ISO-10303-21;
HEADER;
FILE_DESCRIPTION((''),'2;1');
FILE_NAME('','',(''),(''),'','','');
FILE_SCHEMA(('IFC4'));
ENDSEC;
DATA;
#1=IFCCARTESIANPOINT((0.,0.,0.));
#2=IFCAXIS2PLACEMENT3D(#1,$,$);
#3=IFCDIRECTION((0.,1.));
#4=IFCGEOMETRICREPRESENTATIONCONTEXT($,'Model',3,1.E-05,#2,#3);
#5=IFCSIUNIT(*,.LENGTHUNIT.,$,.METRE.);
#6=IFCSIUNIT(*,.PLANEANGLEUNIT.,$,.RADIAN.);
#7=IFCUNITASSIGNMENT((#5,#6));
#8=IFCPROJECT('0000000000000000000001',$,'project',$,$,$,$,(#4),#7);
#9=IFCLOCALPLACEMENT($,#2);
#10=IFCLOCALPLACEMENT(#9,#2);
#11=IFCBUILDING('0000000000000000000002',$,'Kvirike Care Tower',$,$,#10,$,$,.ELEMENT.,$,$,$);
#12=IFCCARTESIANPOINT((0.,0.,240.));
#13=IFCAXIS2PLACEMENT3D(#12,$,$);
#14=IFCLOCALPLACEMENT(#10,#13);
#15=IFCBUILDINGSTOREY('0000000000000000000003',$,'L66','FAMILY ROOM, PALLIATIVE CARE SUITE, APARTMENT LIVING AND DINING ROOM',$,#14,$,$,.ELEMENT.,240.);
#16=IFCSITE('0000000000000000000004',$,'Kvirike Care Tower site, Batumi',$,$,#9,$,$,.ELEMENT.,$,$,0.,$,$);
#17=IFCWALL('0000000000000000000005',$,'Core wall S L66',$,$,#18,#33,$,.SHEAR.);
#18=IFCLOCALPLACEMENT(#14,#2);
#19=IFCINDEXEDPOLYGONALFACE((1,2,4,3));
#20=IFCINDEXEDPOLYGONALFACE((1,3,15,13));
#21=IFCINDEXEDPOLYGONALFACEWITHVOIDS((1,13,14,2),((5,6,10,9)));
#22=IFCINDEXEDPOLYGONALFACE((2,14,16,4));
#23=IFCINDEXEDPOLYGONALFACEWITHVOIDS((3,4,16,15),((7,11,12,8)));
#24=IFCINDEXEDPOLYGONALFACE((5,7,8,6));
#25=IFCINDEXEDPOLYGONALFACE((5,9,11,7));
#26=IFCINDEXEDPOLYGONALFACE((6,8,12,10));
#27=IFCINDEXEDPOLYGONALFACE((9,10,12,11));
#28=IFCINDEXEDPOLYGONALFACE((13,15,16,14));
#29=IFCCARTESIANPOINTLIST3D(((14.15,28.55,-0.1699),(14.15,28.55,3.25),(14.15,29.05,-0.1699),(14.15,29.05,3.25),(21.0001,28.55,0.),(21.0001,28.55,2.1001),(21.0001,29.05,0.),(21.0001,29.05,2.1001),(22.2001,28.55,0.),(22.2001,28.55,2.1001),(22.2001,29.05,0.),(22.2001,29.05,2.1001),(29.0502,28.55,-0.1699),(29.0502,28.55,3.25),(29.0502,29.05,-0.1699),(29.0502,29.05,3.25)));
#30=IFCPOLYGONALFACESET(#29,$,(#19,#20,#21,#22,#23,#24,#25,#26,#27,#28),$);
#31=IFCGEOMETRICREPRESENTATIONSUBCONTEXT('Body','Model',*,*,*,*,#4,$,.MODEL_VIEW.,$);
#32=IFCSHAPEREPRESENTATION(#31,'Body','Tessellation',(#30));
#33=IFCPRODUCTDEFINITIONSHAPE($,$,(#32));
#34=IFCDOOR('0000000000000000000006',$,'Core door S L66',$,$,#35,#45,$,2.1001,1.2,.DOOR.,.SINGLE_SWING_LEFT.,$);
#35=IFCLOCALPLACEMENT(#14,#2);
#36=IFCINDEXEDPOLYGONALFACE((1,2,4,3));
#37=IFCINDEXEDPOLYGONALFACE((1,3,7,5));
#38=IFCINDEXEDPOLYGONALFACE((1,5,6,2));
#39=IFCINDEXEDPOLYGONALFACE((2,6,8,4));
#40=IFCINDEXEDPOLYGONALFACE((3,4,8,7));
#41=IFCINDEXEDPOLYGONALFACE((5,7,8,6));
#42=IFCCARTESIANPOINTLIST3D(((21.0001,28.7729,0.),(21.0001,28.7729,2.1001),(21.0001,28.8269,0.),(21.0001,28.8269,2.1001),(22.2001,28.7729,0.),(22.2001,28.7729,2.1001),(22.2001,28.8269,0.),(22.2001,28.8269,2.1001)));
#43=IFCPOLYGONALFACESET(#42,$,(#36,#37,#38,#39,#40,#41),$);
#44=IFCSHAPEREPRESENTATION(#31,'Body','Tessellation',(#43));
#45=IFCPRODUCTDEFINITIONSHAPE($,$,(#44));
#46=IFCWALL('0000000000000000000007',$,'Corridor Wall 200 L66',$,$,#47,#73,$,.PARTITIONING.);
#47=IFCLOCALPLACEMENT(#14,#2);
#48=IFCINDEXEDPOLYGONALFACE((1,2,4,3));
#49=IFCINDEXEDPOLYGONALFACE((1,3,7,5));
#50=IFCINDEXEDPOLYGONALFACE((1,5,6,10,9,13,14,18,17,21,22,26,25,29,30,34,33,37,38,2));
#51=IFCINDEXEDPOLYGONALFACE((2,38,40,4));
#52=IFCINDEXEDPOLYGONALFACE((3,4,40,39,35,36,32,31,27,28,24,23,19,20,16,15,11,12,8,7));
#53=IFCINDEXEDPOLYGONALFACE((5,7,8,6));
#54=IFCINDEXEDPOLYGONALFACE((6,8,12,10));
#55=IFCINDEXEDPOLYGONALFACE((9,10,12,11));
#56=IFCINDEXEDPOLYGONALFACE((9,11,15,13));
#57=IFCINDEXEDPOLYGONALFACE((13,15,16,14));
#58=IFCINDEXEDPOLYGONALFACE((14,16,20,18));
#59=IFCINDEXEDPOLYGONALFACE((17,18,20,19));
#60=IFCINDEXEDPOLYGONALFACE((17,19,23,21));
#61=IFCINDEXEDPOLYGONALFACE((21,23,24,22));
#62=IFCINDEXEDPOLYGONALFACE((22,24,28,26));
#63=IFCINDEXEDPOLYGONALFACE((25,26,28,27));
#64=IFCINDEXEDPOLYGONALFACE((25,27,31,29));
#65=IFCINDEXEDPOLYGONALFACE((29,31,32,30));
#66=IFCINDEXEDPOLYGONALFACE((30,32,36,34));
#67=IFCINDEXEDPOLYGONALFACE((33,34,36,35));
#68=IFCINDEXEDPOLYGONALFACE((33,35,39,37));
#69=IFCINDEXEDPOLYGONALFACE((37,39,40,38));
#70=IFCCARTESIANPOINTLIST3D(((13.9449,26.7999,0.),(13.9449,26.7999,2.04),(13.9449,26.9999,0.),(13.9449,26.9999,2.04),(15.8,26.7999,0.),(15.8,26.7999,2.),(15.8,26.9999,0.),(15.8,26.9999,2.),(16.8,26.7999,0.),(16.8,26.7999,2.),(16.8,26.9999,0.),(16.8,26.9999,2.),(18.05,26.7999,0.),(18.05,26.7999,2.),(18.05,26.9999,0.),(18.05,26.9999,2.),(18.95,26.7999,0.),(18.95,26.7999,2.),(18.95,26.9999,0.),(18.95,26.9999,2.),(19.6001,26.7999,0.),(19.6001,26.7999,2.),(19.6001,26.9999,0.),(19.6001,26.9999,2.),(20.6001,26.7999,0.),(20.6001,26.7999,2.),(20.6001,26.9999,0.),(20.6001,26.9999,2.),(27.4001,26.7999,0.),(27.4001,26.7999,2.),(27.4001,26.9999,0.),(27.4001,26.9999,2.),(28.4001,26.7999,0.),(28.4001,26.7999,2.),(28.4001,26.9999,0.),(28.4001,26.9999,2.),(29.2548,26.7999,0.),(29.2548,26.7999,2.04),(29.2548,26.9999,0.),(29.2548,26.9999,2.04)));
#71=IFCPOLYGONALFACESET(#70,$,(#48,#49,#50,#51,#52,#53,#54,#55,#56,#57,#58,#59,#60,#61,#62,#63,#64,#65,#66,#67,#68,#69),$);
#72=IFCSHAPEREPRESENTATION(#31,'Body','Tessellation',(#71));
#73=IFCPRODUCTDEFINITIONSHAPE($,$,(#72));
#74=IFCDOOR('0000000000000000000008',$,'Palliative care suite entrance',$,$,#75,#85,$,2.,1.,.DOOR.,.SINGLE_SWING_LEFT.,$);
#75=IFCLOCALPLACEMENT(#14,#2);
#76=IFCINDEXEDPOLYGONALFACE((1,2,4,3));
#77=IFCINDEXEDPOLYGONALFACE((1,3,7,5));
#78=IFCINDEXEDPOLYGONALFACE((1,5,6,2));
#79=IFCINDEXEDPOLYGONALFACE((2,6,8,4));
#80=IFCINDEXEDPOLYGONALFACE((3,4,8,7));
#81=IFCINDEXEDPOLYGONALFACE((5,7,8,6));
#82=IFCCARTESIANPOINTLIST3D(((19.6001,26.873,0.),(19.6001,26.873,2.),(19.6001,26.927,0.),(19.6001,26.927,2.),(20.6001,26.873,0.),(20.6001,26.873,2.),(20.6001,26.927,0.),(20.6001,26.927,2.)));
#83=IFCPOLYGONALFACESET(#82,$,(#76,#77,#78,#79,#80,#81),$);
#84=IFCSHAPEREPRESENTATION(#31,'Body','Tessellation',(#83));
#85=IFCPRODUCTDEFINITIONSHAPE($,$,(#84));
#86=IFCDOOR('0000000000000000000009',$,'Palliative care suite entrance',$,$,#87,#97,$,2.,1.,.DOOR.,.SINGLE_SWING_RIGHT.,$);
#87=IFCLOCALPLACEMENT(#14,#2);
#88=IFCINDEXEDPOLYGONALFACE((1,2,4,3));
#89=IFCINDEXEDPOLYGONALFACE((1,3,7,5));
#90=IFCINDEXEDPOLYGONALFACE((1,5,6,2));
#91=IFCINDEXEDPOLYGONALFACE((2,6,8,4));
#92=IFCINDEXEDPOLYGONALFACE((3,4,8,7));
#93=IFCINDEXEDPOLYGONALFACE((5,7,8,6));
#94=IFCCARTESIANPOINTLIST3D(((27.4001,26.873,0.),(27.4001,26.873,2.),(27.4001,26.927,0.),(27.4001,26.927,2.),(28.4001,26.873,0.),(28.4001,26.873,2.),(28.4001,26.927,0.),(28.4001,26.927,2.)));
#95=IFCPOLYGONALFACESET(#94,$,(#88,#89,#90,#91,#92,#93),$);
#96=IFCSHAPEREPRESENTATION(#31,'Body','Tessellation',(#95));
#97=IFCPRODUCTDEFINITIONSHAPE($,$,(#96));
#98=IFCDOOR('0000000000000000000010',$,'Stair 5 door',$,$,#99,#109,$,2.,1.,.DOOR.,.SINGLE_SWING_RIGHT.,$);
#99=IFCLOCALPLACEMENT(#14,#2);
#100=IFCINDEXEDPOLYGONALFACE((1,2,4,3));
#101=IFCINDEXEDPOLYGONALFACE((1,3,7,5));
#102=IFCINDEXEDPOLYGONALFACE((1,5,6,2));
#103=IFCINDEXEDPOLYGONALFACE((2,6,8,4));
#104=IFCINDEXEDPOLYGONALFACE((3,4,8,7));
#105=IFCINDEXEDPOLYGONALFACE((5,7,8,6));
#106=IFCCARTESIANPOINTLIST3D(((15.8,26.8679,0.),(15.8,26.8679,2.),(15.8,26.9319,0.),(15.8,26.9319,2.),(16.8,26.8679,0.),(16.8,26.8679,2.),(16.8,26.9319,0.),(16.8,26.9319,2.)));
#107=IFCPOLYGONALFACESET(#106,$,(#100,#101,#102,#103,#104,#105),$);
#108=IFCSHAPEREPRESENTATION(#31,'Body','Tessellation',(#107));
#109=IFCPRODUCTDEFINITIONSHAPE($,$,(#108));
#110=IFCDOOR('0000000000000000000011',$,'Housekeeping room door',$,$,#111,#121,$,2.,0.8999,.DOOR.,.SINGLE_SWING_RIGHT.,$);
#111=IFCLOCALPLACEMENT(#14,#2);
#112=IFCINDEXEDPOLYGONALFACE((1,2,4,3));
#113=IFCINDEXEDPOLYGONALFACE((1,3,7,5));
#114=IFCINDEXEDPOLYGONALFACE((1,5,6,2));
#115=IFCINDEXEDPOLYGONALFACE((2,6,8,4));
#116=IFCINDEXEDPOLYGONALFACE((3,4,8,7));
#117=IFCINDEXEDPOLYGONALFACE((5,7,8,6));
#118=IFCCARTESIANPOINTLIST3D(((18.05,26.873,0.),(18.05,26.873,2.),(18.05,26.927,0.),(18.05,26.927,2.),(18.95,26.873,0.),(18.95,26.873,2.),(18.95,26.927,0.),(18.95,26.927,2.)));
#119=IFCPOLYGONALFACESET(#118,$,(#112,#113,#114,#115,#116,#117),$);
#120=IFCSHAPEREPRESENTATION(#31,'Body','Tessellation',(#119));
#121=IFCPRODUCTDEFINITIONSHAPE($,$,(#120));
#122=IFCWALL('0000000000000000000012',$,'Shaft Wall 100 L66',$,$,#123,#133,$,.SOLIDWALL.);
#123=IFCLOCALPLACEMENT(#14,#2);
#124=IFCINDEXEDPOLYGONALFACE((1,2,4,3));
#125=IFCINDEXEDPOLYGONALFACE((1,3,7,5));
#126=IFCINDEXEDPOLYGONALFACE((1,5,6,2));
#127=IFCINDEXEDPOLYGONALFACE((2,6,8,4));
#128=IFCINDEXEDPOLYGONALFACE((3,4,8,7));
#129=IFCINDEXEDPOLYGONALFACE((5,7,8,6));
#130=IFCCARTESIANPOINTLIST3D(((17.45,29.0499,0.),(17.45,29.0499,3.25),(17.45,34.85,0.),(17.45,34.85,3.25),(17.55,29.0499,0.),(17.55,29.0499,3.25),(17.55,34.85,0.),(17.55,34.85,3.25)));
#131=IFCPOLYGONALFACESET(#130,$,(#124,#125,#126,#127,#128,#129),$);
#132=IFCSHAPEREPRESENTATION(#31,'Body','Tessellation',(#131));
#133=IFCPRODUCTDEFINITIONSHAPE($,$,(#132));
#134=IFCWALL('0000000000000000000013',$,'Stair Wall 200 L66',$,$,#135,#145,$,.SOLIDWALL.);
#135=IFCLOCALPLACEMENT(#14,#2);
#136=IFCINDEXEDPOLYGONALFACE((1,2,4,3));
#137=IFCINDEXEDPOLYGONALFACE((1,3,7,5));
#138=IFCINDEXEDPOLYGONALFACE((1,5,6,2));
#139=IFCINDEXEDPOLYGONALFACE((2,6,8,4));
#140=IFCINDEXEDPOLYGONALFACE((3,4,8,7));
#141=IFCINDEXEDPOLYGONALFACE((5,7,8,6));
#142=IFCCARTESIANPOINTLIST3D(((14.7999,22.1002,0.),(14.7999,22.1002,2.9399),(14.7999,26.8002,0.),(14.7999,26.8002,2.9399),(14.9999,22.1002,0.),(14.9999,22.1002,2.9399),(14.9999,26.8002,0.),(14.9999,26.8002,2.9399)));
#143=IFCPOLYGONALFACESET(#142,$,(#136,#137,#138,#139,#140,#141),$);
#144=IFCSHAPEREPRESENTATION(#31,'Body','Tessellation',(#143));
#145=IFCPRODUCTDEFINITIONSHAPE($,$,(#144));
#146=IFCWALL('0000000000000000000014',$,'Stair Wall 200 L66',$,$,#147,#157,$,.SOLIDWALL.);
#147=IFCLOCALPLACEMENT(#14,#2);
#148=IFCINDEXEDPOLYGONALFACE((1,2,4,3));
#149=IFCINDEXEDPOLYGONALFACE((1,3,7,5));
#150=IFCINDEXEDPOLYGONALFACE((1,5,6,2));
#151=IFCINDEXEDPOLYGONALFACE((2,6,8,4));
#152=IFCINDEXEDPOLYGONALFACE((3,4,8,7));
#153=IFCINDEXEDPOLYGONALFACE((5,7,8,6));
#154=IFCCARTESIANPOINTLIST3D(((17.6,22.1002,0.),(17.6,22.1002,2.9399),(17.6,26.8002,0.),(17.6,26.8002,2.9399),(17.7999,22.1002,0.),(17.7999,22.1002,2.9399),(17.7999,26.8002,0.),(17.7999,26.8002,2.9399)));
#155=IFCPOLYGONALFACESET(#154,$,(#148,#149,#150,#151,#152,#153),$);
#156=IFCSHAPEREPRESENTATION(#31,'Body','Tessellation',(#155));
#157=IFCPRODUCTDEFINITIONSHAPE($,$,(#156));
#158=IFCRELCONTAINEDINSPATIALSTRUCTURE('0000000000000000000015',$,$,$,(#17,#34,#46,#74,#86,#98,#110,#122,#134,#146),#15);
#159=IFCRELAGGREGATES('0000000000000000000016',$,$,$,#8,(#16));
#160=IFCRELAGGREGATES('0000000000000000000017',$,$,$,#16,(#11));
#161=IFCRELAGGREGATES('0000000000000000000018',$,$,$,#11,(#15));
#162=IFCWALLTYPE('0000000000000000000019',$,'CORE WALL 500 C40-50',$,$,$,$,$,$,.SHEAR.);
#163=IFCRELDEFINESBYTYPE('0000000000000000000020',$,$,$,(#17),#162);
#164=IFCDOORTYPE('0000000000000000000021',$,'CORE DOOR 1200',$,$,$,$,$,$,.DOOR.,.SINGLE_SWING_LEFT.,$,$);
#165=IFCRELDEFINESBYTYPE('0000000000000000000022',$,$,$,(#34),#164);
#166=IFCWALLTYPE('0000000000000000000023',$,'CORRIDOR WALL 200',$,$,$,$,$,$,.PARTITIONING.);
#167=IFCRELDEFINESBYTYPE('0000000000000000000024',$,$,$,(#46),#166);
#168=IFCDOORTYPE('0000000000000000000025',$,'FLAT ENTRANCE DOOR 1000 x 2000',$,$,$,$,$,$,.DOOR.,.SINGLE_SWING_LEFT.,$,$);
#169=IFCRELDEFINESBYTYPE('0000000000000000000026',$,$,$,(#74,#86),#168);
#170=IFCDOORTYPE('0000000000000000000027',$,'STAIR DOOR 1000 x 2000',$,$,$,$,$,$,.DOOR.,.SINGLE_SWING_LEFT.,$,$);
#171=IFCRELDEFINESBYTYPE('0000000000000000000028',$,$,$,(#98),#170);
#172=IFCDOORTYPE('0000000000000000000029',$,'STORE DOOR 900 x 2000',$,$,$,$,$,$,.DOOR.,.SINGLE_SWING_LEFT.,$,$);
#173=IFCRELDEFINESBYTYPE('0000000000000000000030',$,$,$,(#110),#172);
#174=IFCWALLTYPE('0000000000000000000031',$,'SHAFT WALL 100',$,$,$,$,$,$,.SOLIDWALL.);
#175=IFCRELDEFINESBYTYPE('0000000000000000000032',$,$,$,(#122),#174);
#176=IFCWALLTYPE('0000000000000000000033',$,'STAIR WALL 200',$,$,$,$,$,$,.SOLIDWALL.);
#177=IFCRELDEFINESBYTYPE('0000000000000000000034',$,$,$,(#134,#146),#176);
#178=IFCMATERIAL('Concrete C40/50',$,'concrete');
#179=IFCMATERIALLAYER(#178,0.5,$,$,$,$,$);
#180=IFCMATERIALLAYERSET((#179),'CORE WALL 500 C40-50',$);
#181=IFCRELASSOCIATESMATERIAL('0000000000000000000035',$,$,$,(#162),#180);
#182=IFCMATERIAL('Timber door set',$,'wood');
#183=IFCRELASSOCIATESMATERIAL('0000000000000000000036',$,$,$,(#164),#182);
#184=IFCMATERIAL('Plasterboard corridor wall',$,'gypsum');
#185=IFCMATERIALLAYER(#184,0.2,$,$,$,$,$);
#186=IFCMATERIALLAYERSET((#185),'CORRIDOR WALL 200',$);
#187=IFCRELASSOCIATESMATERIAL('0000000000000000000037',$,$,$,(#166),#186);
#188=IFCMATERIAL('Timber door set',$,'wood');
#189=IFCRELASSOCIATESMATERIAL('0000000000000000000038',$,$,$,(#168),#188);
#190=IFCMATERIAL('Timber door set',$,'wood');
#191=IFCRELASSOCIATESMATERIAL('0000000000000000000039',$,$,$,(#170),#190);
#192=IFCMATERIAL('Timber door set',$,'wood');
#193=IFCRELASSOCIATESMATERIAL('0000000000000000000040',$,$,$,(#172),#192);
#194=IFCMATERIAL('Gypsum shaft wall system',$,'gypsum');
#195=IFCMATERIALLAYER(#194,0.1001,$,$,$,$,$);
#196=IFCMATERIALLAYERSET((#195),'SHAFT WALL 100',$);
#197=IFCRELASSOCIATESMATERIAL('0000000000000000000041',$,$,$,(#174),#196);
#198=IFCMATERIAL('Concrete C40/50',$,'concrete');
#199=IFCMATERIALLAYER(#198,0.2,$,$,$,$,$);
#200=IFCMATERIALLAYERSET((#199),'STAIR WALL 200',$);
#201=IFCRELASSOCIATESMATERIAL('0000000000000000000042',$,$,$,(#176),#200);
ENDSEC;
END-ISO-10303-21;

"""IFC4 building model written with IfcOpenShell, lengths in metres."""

from ifc_helpers import new_model, si_unit, direction, frame, frame_2d, origin, place, context, subcontext, project, spatial, rectangle, extrude, material, layer, layer_set, type_object, element, fill, save


model = new_model("IFC4")

# Units and contexts
model_context = context("Model", 3, precision=1e-05, world=origin(), true_north=direction((0.0, 1.0)))
body_context = subcontext(model_context, "Body", "Model", "MODEL_VIEW")
ifc_project = project(units=[si_unit("LENGTHUNIT", "METRE"), si_unit("PLANEANGLEUNIT", "RADIAN")], contexts=[model_context])

# Site, building, storey
site_placement = place(None, origin())
site = spatial("IfcSite", under=ifc_project, at=site_placement, Name="Kvirike Care Tower site, Batumi", CompositionType="ELEMENT", RefElevation=0.0)
building_placement = place(site_placement, origin())
building = spatial("IfcBuilding", under=site, at=building_placement, Name="Kvirike Care Tower", CompositionType="ELEMENT")
storey_placement = place(building_placement, frame((0.0, 0.0, 240.0)))
storey = spatial("IfcBuildingStorey", under=building, at=storey_placement, Name="L66", Description="FAMILY ROOM, PALLIATIVE CARE SUITE, APARTMENT LIVING AND DINING ROOM", CompositionType="ELEMENT", Elevation=240.0)

# Wall, opening, door
ifc_material_1 = material(Name="Concrete C40/50", Category="concrete")
ifc_layer_1 = layer(ifc_material_1, 0.5)
ifc_layer_set_1 = layer_set([ifc_layer_1], Name="CORE WALL 500 C40-50")
wall_type_1 = type_object("IfcWallType", Name="CORE WALL 500 C40-50", PredefinedType="SHEAR", material=ifc_layer_set_1)
wall_1_placement = place(storey_placement, frame((14.1499, 28.8, -0.1699), z_axis=(0.0, 0.0, 1.0), x_axis=(1.0, 0.0, 0.0)))
wall_1 = element("IfcWall", 1, at=wall_1_placement, inside=storey, type_object=wall_type_1, Name="Core wall S L66", PredefinedType="SHEAR", context=body_context, shape_type="SweptSolid", body=[
    extrude(rectangle(XDim=14.9001, YDim=0.5, at=frame_2d((7.4502, 0.0))), origin(), (0.0, 0.0, 1.0), 3.4199),
])
opening_1_placement = place(wall_1_placement, frame((6.8501, 0.0, 0.1699)))
opening_1 = element("IfcOpeningElement", 2, at=opening_1_placement, cuts=wall_1, PredefinedType="OPENING", context=body_context, shape_type="SweptSolid", body=[
    extrude(rectangle(XDim=1.2, YDim=2.1001, at=frame_2d((0.6001, 1.05))), frame((0.0, 0.2605, 0.0), z_axis=(0.0, -1.0, 0.0), x_axis=(1.0, 0.0, 0.0)), (0.0, 0.0, 1.0), 0.521),
])
ifc_material_2 = material(Name="Timber door set", Category="wood")
door_type_1 = type_object("IfcDoorType", Name="CORE DOOR 1200", OperationType="SINGLE_SWING_LEFT", PredefinedType="DOOR", material=ifc_material_2)
door_1_placement = place(opening_1_placement, origin())
door_1 = element("IfcDoor", 3, at=door_1_placement, inside=storey, type_object=door_type_1, Name="Core door S L66", OperationType="SINGLE_SWING_LEFT", OverallHeight=2.1001, OverallWidth=1.2, PredefinedType="DOOR", context=body_context, shape_type="SweptSolid", body=[
    extrude(rectangle(XDim=1.2, YDim=2.1001, at=frame_2d((0.6001, 1.05))), frame((0.0, 0.0269, 0.0), z_axis=(0.0, -1.0, 0.0), x_axis=(1.0, 0.0, 0.0)), (0.0, 0.0, 1.0), 0.054),
])
fill(opening_1, door_1)

# Wall, openings, doors
ifc_material_3 = material(Name="Plasterboard corridor wall", Category="gypsum")
ifc_layer_2 = layer(ifc_material_3, 0.2)
ifc_layer_set_2 = layer_set([ifc_layer_2], Name="CORRIDOR WALL 200")
wall_type_2 = type_object("IfcWallType", Name="CORRIDOR WALL 200", PredefinedType="PARTITIONING", material=ifc_layer_set_2)
wall_2_placement = place(storey_placement, frame((13.9451, 26.8999, 0.0), z_axis=(0.0, 0.0, 1.0), x_axis=(1.0, 0.0, 0.0)))
wall_2 = element("IfcWall", 4, at=wall_2_placement, inside=storey, type_object=wall_type_2, Name="Corridor Wall 200 L66", PredefinedType="PARTITIONING", context=body_context, shape_type="SweptSolid", body=[
    extrude(rectangle(XDim=15.3098, YDim=0.2, at=frame_2d((7.6548, 0.0))), origin(), (0.0, 0.0, 1.0), 2.04),
])
opening_2_placement = place(wall_2_placement, frame((1.855, 0.0, 0.0)))
opening_2 = element("IfcOpeningElement", 5, at=opening_2_placement, cuts=wall_2, PredefinedType="OPENING", context=body_context, shape_type="SweptSolid", body=[
    extrude(rectangle(XDim=1.0, YDim=2.0, at=frame_2d((0.5, 1.0))), frame((0.0, 0.1106, 0.0), z_axis=(0.0, -1.0, 0.0), x_axis=(1.0, 0.0, 0.0)), (0.0, 0.0, 1.0), 0.2209),
])
opening_3_placement = place(wall_2_placement, frame((4.105, 0.0, 0.0)))
opening_3 = element("IfcOpeningElement", 6, at=opening_3_placement, cuts=wall_2, PredefinedType="OPENING", context=body_context, shape_type="SweptSolid", body=[
    extrude(rectangle(XDim=0.8999, YDim=2.0, at=frame_2d((0.45, 1.0))), frame((0.0, 0.1106, 0.0), z_axis=(0.0, -1.0, 0.0), x_axis=(1.0, 0.0, 0.0)), (0.0, 0.0, 1.0), 0.2209),
])
opening_4_placement = place(wall_2_placement, frame((5.655, 0.0, 0.0)))
opening_4 = element("IfcOpeningElement", 7, at=opening_4_placement, cuts=wall_2, PredefinedType="OPENING", context=body_context, shape_type="SweptSolid", body=[
    extrude(rectangle(XDim=1.0, YDim=2.0, at=frame_2d((0.5, 1.0))), frame((0.0, 0.1106, 0.0), z_axis=(0.0, -1.0, 0.0), x_axis=(1.0, 0.0, 0.0)), (0.0, 0.0, 1.0), 0.2209),
])
opening_5_placement = place(wall_2_placement, frame((13.4551, 0.0, 0.0)))
opening_5 = element("IfcOpeningElement", 8, at=opening_5_placement, cuts=wall_2, PredefinedType="OPENING", context=body_context, shape_type="SweptSolid", body=[
    extrude(rectangle(XDim=1.0, YDim=2.0, at=frame_2d((0.5, 1.0))), frame((0.0, 0.1106, 0.0), z_axis=(0.0, -1.0, 0.0), x_axis=(1.0, 0.0, 0.0)), (0.0, 0.0, 1.0), 0.2209),
])
ifc_material_4 = material(Name="Timber door set", Category="wood")
door_type_2 = type_object("IfcDoorType", Name="FLAT ENTRANCE DOOR 1000 x 2000", OperationType="SINGLE_SWING_LEFT", PredefinedType="DOOR", material=ifc_material_4)
door_2_placement = place(opening_4_placement, frame((1.0, 0.0, 0.0), z_axis=(0.0, 0.0, 1.0), x_axis=(-1.0, 0.0, 0.0)))
door_2 = element("IfcDoor", 9, at=door_2_placement, inside=storey, type_object=door_type_2, Name="Palliative care suite entrance", OperationType="SINGLE_SWING_LEFT", OverallHeight=2.0, OverallWidth=1.0, PredefinedType="DOOR", context=body_context, shape_type="SweptSolid", body=[
    extrude(rectangle(XDim=1.0, YDim=2.0, at=frame_2d((0.5, 1.0))), frame((0.0, 0.0269, 0.0), z_axis=(0.0, -1.0, 0.0), x_axis=(1.0, 0.0, 0.0)), (0.0, 0.0, 1.0), 0.054),
])
fill(opening_4, door_2)
door_3_placement = place(opening_5_placement, frame((1.0, 0.0, 0.0), z_axis=(0.0, 0.0, 1.0), x_axis=(-1.0, 0.0, 0.0)))
door_3 = element("IfcDoor", 10, at=door_3_placement, inside=storey, type_object=door_type_2, Name="Palliative care suite entrance", OperationType="SINGLE_SWING_RIGHT", OverallHeight=2.0, OverallWidth=1.0, PredefinedType="DOOR", context=body_context, shape_type="SweptSolid", body=[
    extrude(rectangle(XDim=1.0, YDim=2.0, at=frame_2d((0.5, 1.0))), frame((0.0, 0.0269, 0.0), z_axis=(0.0, -1.0, 0.0), x_axis=(1.0, 0.0, 0.0)), (0.0, 0.0, 1.0), 0.054),
])
fill(opening_5, door_3)
ifc_material_5 = material(Name="Timber door set", Category="wood")
door_type_3 = type_object("IfcDoorType", Name="STAIR DOOR 1000 x 2000", OperationType="SINGLE_SWING_LEFT", PredefinedType="DOOR", material=ifc_material_5)
door_4_placement = place(opening_2_placement, frame((1.0, 0.0, 0.0), z_axis=(0.0, 0.0, 1.0), x_axis=(-1.0, 0.0, 0.0)))
door_4 = element("IfcDoor", 11, at=door_4_placement, inside=storey, type_object=door_type_3, Name="Stair 5 door", OperationType="SINGLE_SWING_RIGHT", OverallHeight=2.0, OverallWidth=1.0, PredefinedType="DOOR", context=body_context, shape_type="SweptSolid", body=[
    extrude(rectangle(XDim=1.0, YDim=2.0, at=frame_2d((0.5, 1.0))), frame((0.0, 0.032, 0.0), z_axis=(0.0, -1.0, 0.0), x_axis=(1.0, 0.0, 0.0)), (0.0, 0.0, 1.0), 0.064),
])
fill(opening_2, door_4)
ifc_material_6 = material(Name="Timber door set", Category="wood")
door_type_4 = type_object("IfcDoorType", Name="STORE DOOR 900 x 2000", OperationType="SINGLE_SWING_LEFT", PredefinedType="DOOR", material=ifc_material_6)
door_5_placement = place(opening_3_placement, frame((0.8999, 0.0, 0.0), z_axis=(0.0, 0.0, 1.0), x_axis=(-1.0, 0.0, 0.0)))
door_5 = element("IfcDoor", 12, at=door_5_placement, inside=storey, type_object=door_type_4, Name="Housekeeping room door", OperationType="SINGLE_SWING_RIGHT", OverallHeight=2.0, OverallWidth=0.8999, PredefinedType="DOOR", context=body_context, shape_type="SweptSolid", body=[
    extrude(rectangle(XDim=0.8999, YDim=2.0, at=frame_2d((0.45, 1.0))), frame((0.0, 0.0269, 0.0), z_axis=(0.0, -1.0, 0.0), x_axis=(1.0, 0.0, 0.0)), (0.0, 0.0, 1.0), 0.054),
])
fill(opening_3, door_5)

# Walls
ifc_material_7 = material(Name="Gypsum shaft wall system", Category="gypsum")
ifc_layer_3 = layer(ifc_material_7, 0.1001)
ifc_layer_set_3 = layer_set([ifc_layer_3], Name="SHAFT WALL 100")
wall_type_3 = type_object("IfcWallType", Name="SHAFT WALL 100", PredefinedType="SOLIDWALL", material=ifc_layer_set_3)
wall_3_placement = place(storey_placement, frame((17.5, 29.05, 0.0), z_axis=(0.0, 0.0, 1.0), x_axis=(0.0, 1.0, 0.0)))
element("IfcWall", 13, at=wall_3_placement, inside=storey, type_object=wall_type_3, Name="Shaft Wall 100 L66", PredefinedType="SOLIDWALL", context=body_context, shape_type="SweptSolid", body=[
    extrude(rectangle(XDim=5.8, YDim=0.1001, at=frame_2d((2.8999, 0.0))), origin(), (0.0, 0.0, 1.0), 3.25),
])
ifc_material_8 = material(Name="Concrete C40/50", Category="concrete")
ifc_layer_4 = layer(ifc_material_8, 0.2)
ifc_layer_set_4 = layer_set([ifc_layer_4], Name="STAIR WALL 200")
wall_type_4 = type_object("IfcWallType", Name="STAIR WALL 200", PredefinedType="SOLIDWALL", material=ifc_layer_set_4)
for number, where, z_axis, x_axis, name in (
    (14, (14.8999, 22.1001, 0.0), (0.0, 0.0, 1.0), (0.0, 1.0, 0.0), "Stair Wall 200 L66"),
    (15, (17.7, 22.1001, 0.0), (0.0, 0.0, 1.0), (0.0, 1.0, 0.0), "Stair Wall 200 L66"),
):
    element("IfcWall", number, at=place(storey_placement, frame(where, z_axis=z_axis, x_axis=x_axis)), inside=storey, type_object=wall_type_4, Name=name, PredefinedType="SOLIDWALL", context=body_context, shape_type="SweptSolid", body=[
        extrude(rectangle(XDim=4.7, YDim=0.2, at=frame_2d((2.3501, 0.0))), origin(), (0.0, 0.0, 1.0), 2.9399),
    ])

save(model, "model.ifc")
